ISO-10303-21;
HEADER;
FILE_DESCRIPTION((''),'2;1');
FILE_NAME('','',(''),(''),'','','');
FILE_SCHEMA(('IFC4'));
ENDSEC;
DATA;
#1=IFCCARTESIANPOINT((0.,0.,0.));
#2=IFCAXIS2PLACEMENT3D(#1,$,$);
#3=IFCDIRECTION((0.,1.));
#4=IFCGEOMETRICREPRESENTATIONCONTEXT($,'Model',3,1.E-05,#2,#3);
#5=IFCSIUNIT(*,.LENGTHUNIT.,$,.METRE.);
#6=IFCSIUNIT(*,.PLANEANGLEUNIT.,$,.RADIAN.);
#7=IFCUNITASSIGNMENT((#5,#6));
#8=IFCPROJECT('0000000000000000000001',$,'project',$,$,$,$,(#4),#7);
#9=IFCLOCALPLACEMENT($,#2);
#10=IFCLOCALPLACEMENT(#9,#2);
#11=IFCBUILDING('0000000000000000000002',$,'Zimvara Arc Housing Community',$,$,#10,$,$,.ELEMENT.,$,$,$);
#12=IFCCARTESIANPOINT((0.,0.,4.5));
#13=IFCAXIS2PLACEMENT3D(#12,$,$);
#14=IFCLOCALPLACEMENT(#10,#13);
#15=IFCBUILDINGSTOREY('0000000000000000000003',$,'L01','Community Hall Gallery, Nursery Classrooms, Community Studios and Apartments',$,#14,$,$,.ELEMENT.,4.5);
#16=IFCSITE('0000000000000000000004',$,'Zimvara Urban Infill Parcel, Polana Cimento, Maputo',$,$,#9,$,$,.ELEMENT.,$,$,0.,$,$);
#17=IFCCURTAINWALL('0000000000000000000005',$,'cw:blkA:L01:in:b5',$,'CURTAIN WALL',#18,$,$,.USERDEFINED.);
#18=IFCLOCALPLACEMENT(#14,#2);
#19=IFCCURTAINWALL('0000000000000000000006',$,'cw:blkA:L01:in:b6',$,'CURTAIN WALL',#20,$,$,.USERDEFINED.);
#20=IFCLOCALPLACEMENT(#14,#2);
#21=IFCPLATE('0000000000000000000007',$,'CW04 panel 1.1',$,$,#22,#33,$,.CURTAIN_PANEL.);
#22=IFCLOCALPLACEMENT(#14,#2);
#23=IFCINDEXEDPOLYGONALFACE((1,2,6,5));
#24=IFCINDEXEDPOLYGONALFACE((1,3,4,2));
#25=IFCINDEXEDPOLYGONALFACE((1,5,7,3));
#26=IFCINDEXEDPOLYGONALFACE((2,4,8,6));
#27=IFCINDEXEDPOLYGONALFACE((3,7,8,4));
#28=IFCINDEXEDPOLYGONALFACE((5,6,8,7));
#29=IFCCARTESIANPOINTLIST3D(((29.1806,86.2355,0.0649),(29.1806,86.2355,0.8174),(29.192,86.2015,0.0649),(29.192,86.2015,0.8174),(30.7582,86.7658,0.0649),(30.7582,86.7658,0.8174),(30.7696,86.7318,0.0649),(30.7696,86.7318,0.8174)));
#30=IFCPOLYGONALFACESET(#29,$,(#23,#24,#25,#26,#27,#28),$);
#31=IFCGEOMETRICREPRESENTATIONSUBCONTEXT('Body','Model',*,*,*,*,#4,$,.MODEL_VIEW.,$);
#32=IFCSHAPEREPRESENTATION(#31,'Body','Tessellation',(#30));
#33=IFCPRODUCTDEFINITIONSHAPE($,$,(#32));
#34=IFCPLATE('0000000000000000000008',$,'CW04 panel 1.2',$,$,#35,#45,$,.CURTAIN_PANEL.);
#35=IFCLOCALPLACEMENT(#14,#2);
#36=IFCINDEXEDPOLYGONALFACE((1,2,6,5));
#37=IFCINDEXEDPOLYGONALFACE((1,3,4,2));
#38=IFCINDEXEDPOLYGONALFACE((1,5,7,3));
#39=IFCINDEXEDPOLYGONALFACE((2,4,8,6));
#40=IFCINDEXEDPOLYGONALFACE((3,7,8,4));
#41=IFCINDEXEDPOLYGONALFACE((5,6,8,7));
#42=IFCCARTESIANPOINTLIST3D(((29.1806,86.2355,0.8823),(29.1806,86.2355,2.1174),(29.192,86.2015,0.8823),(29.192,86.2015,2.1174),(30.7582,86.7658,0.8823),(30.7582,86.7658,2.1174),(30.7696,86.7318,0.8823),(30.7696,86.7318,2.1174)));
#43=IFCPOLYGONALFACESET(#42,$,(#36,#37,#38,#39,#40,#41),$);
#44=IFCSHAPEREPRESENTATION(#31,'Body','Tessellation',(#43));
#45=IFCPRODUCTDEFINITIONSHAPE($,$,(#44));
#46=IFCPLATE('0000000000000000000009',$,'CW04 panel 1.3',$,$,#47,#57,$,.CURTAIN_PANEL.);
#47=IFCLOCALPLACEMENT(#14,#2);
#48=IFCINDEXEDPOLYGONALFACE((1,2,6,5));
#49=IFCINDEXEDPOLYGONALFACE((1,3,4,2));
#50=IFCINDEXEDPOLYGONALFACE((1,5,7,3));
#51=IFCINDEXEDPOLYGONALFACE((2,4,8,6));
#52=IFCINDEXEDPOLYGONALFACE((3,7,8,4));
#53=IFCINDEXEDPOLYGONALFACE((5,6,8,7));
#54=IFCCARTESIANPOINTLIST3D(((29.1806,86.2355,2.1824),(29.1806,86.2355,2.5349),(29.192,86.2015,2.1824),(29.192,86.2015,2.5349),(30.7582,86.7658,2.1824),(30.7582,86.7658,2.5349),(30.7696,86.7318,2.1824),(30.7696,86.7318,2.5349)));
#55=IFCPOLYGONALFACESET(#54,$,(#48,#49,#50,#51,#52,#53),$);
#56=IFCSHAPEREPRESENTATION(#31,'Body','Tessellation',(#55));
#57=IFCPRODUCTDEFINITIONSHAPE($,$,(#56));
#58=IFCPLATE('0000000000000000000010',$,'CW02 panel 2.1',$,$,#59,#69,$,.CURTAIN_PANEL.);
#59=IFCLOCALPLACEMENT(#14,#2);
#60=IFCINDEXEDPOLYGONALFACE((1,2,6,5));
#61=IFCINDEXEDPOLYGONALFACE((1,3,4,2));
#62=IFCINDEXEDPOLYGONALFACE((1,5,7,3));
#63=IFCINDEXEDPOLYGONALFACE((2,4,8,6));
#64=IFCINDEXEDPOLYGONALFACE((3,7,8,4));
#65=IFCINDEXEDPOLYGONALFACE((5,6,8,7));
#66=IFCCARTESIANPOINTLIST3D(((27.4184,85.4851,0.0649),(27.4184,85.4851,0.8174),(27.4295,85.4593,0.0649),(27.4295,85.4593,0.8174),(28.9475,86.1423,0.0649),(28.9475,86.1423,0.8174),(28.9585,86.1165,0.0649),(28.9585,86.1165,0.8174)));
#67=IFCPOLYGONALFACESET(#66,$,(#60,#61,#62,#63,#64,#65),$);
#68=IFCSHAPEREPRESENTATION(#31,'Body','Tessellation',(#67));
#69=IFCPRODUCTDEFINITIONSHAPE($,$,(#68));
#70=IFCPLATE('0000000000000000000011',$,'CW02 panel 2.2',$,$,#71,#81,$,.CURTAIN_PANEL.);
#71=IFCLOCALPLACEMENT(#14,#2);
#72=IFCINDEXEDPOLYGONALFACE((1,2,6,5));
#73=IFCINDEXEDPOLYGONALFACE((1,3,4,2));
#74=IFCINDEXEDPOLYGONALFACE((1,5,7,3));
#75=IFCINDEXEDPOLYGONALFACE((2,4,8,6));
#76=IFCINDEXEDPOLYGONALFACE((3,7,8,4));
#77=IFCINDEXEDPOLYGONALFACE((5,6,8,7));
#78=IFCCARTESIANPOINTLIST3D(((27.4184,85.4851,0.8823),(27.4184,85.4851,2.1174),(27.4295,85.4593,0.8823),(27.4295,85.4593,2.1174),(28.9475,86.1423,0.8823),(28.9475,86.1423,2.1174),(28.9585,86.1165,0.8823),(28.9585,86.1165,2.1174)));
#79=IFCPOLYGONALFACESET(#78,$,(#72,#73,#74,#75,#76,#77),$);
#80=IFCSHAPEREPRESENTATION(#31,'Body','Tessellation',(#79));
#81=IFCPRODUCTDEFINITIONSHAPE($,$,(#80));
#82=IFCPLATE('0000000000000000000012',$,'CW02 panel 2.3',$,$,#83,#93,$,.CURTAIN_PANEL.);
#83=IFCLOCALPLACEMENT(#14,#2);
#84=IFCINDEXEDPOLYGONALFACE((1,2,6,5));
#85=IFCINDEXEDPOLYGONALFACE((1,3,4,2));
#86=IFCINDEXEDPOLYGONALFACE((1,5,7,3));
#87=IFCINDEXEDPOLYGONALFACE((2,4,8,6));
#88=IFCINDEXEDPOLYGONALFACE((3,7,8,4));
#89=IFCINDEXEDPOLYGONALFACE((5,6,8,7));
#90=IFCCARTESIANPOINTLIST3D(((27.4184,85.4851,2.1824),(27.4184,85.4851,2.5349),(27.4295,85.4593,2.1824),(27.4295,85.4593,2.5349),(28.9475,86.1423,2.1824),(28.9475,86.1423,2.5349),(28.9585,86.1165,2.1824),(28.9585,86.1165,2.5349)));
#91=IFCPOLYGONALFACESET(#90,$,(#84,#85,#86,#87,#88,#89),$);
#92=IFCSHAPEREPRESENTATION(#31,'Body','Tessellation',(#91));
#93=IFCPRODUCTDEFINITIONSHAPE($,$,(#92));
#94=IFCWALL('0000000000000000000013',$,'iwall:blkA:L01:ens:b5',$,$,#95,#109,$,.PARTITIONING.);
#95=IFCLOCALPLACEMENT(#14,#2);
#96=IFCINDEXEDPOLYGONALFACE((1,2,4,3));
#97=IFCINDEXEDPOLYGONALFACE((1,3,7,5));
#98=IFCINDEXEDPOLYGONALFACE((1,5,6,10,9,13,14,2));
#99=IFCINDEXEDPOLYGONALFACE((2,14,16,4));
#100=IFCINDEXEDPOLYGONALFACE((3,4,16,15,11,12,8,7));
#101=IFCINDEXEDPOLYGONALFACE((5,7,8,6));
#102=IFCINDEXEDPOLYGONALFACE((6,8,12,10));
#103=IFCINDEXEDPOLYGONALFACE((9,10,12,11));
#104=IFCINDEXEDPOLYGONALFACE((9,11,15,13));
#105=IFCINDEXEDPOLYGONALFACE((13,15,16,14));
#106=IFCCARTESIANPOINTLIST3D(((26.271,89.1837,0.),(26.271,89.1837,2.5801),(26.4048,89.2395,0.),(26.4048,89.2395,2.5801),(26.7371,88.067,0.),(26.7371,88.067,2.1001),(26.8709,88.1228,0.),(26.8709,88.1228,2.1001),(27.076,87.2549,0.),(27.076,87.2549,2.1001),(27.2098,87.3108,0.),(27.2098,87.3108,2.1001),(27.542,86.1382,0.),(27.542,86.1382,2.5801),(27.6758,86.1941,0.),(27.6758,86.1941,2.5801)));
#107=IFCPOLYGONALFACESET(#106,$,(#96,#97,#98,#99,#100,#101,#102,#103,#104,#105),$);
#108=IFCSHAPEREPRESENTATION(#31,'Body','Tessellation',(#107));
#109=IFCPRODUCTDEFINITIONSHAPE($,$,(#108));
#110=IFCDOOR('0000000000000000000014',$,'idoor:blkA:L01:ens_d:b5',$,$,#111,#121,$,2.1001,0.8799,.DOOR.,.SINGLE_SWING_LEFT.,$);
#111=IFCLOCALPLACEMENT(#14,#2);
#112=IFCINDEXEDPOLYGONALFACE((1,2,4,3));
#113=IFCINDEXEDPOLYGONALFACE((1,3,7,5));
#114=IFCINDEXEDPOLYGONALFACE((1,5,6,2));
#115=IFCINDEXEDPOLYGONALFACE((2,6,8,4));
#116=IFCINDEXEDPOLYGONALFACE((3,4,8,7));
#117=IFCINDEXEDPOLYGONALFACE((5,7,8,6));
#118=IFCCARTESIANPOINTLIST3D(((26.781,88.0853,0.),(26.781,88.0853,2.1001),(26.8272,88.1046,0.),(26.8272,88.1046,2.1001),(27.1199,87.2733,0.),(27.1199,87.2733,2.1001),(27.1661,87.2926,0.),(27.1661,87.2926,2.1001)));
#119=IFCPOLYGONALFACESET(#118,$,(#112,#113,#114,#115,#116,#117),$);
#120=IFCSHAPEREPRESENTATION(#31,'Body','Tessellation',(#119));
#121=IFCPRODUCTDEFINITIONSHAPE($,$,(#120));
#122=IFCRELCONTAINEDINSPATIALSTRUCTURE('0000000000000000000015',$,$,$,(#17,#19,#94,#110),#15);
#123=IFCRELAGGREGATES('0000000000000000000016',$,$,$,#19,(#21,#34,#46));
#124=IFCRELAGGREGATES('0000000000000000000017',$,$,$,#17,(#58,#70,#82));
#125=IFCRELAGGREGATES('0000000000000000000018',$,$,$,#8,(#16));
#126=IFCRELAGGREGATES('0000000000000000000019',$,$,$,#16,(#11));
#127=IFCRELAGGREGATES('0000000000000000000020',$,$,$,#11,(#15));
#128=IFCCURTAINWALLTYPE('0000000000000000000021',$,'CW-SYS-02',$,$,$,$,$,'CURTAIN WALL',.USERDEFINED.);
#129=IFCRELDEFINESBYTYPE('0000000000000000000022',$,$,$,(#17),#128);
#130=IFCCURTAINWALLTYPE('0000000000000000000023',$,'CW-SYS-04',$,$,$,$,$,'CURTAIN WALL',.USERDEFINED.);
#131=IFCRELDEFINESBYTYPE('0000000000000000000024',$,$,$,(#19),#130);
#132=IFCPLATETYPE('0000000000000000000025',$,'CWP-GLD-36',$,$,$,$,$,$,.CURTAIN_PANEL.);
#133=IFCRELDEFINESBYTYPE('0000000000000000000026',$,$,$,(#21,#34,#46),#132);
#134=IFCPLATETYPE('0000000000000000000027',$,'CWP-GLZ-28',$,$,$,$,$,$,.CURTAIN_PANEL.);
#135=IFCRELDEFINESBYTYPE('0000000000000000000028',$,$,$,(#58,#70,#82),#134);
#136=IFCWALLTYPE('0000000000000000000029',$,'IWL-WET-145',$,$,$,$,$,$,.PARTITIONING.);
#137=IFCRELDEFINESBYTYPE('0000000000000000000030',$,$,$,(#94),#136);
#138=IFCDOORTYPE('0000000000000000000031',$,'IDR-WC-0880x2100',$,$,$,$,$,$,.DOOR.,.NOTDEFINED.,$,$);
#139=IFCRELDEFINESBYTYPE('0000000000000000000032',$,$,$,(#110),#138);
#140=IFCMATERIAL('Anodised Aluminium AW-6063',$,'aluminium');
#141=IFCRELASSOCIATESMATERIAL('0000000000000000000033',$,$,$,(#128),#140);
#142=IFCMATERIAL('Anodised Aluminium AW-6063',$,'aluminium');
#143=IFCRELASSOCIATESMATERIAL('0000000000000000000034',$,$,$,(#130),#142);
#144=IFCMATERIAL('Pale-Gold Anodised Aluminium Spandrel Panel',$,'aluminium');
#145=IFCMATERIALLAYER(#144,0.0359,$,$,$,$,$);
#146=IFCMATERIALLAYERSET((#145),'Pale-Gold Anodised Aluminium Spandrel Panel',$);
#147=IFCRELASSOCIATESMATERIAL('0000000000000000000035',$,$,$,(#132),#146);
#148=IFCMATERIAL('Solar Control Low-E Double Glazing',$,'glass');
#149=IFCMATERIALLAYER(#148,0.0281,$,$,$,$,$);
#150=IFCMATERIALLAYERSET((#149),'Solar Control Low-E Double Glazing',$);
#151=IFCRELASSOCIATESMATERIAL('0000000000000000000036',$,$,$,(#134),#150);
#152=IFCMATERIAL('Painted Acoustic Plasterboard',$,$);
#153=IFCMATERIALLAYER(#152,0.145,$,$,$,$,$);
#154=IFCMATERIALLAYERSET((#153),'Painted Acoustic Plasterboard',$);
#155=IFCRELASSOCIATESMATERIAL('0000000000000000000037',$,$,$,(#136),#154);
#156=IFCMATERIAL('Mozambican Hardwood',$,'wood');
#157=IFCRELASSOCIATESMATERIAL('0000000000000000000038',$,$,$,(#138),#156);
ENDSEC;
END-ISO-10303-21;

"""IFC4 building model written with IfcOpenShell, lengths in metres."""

from ifc_helpers import new_model, si_unit, direction, frame, frame_2d, origin, origin_2d, place, context, subcontext, project, spatial, rectangle, extrude, material, layer, layer_set, type_object, element, fill, aggregate, save


model = new_model("IFC4")

# Units and contexts
model_context = context("Model", 3, precision=1e-05, world=origin(), true_north=direction((0.0, 1.0)))
body_context = subcontext(model_context, "Body", "Model", "MODEL_VIEW")
ifc_project = project(units=[si_unit("LENGTHUNIT", "METRE"), si_unit("PLANEANGLEUNIT", "RADIAN")], contexts=[model_context])

# Site, building, storey
site_placement = place(None, origin())
site = spatial("IfcSite", under=ifc_project, at=site_placement, Name="Zimvara Urban Infill Parcel, Polana Cimento, Maputo", CompositionType="ELEMENT", RefElevation=0.0)
building_placement = place(site_placement, origin())
building = spatial("IfcBuilding", under=site, at=building_placement, Name="Zimvara Arc Housing Community", CompositionType="ELEMENT")
storey_placement = place(building_placement, frame((0.0, 0.0, 4.5)))
storey = spatial("IfcBuildingStorey", under=building, at=storey_placement, Name="L01", Description="Community Hall Gallery, Nursery Classrooms, Community Studios and Apartments", CompositionType="ELEMENT", Elevation=4.5)

# Curtain wall
ifc_material_1 = material(Name="Anodised Aluminium AW-6063", Category="aluminium")
curtain_wall_type_1 = type_object("IfcCurtainWallType", Name="CW-SYS-02", ElementType="CURTAIN WALL", PredefinedType="USERDEFINED", material=ifc_material_1)
curtain_wall_1_placement = place(storey_placement, origin())
curtain_wall_1 = element("IfcCurtainWall", 1, at=curtain_wall_1_placement, inside=storey, type_object=curtain_wall_type_1, Name="cw:blkA:L01:in:b5", ObjectType="CURTAIN WALL", PredefinedType="USERDEFINED")

# Curtain wall
ifc_material_2 = material(Name="Anodised Aluminium AW-6063", Category="aluminium")
curtain_wall_type_2 = type_object("IfcCurtainWallType", Name="CW-SYS-04", ElementType="CURTAIN WALL", PredefinedType="USERDEFINED", material=ifc_material_2)
curtain_wall_2_placement = place(storey_placement, origin())
curtain_wall_2 = element("IfcCurtainWall", 2, at=curtain_wall_2_placement, inside=storey, type_object=curtain_wall_type_2, Name="cw:blkA:L01:in:b6", ObjectType="CURTAIN WALL", PredefinedType="USERDEFINED")

# Plates
ifc_material_3 = material(Name="Pale-Gold Anodised Aluminium Spandrel Panel", Category="aluminium")
ifc_layer_1 = layer(ifc_material_3, 0.0359)
ifc_layer_set_1 = layer_set([ifc_layer_1], Name="Pale-Gold Anodised Aluminium Spandrel Panel")
plate_type_1 = type_object("IfcPlateType", Name="CWP-GLD-36", PredefinedType="CURTAIN_PANEL", material=ifc_layer_set_1)
plate_1_placement = place(storey_placement, frame((29.9751, 86.4836, 0.0649), z_axis=(0.0, 0.0, 1.0), x_axis=(0.947879, 0.31863, 0.0)))
plate_1 = element("IfcPlate", 3, at=plate_1_placement, type_object=plate_type_1, Name="CW04 panel 1.1", PredefinedType="CURTAIN_PANEL", context=body_context, shape_type="SweptSolid", body=[
    extrude(rectangle(XDim=1.6643, YDim=0.0359, at=origin_2d()), origin(), (0.0, 0.0, 1.0), 0.7524),
])
plate_2_placement = place(storey_placement, frame((29.9751, 86.4836, 0.8823), z_axis=(0.0, 0.0, 1.0), x_axis=(0.947879, 0.31863, 0.0)))
plate_2 = element("IfcPlate", 4, at=plate_2_placement, type_object=plate_type_1, Name="CW04 panel 1.2", PredefinedType="CURTAIN_PANEL", context=body_context, shape_type="SweptSolid", body=[
    extrude(rectangle(XDim=1.6643, YDim=0.0359, at=origin_2d()), origin(), (0.0, 0.0, 1.0), 1.2351),
])
plate_3_placement = place(storey_placement, frame((29.9751, 86.4836, 2.1824), z_axis=(0.0, 0.0, 1.0), x_axis=(0.947879, 0.31863, 0.0)))
plate_3 = element("IfcPlate", 5, at=plate_3_placement, type_object=plate_type_1, Name="CW04 panel 1.3", PredefinedType="CURTAIN_PANEL", context=body_context, shape_type="SweptSolid", body=[
    extrude(rectangle(XDim=1.6643, YDim=0.0359, at=origin_2d()), origin(), (0.0, 0.0, 1.0), 0.3525),
])
aggregate(curtain_wall_2, [plate_1, plate_2, plate_3])
ifc_material_4 = material(Name="Solar Control Low-E Double Glazing", Category="glass")
ifc_layer_2 = layer(ifc_material_4, 0.0281)
ifc_layer_set_2 = layer_set([ifc_layer_2], Name="Solar Control Low-E Double Glazing")
plate_type_2 = type_object("IfcPlateType", Name="CWP-GLZ-28", PredefinedType="CURTAIN_PANEL", material=ifc_layer_set_2)
plate_4_placement = place(storey_placement, frame((28.1885, 85.8008, 0.0649), z_axis=(0.0, 0.0, 1.0), x_axis=(0.918722, 0.394904, 0.0)))
plate_4 = element("IfcPlate", 6, at=plate_4_placement, type_object=plate_type_2, Name="CW02 panel 2.1", PredefinedType="CURTAIN_PANEL", context=body_context, shape_type="SweptSolid", body=[
    extrude(rectangle(XDim=1.6643, YDim=0.0281, at=origin_2d()), origin(), (0.0, 0.0, 1.0), 0.7524),
])
plate_5_placement = place(storey_placement, frame((28.1885, 85.8008, 0.8823), z_axis=(0.0, 0.0, 1.0), x_axis=(0.918722, 0.394904, 0.0)))
plate_5 = element("IfcPlate", 7, at=plate_5_placement, type_object=plate_type_2, Name="CW02 panel 2.2", PredefinedType="CURTAIN_PANEL", context=body_context, shape_type="SweptSolid", body=[
    extrude(rectangle(XDim=1.6643, YDim=0.0281, at=origin_2d()), origin(), (0.0, 0.0, 1.0), 1.2351),
])
plate_6_placement = place(storey_placement, frame((28.1885, 85.8008, 2.1824), z_axis=(0.0, 0.0, 1.0), x_axis=(0.918722, 0.394904, 0.0)))
plate_6 = element("IfcPlate", 8, at=plate_6_placement, type_object=plate_type_2, Name="CW02 panel 2.3", PredefinedType="CURTAIN_PANEL", context=body_context, shape_type="SweptSolid", body=[
    extrude(rectangle(XDim=1.6643, YDim=0.0281, at=origin_2d()), origin(), (0.0, 0.0, 1.0), 0.3525),
])
aggregate(curtain_wall_1, [plate_4, plate_5, plate_6])

# Wall, opening, door
ifc_material_5 = material(Name="Painted Acoustic Plasterboard")
ifc_layer_3 = layer(ifc_material_5, 0.145)
ifc_layer_set_3 = layer_set([ifc_layer_3], Name="Painted Acoustic Plasterboard")
wall_type = type_object("IfcWallType", Name="IWL-WET-145", PredefinedType="PARTITIONING", material=ifc_layer_set_3)
wall_placement = place(storey_placement, frame((27.6089, 86.1663, 0.0), z_axis=(0.0, 0.0, 1.0), x_axis=(-0.385151, 0.922854, 0.0)))
wall = element("IfcWall", 9, at=wall_placement, inside=storey, type_object=wall_type, Name="iwall:blkA:L01:ens:b5", PredefinedType="PARTITIONING", context=body_context, shape_type="SweptSolid", body=[
    extrude(rectangle(XDim=3.3, YDim=0.145, at=frame_2d((1.6499, 0.0))), origin(), (0.0, 0.0, 1.0), 2.5801),
])
opening_placement = place(wall_placement, frame((1.21, 0.0, 0.0)))
opening = element("IfcOpeningElement", 10, at=opening_placement, cuts=wall, PredefinedType="OPENING", context=body_context, shape_type="SweptSolid", body=[
    extrude(rectangle(XDim=0.8799, YDim=2.1001, at=frame_2d((0.4399, 1.05))), frame((0.0, 0.0825, 0.0), z_axis=(0.0, -1.0, 0.0), x_axis=(1.0, 0.0, 0.0)), (0.0, 0.0, 1.0), 0.165),
])
ifc_material_6 = material(Name="Mozambican Hardwood", Category="wood")
door_type = type_object("IfcDoorType", Name="IDR-WC-0880x2100", OperationType="NOTDEFINED", PredefinedType="DOOR", material=ifc_material_6)
door_placement = place(opening_placement, origin())
door = element("IfcDoor", 11, at=door_placement, inside=storey, type_object=door_type, Name="idoor:blkA:L01:ens_d:b5", OperationType="SINGLE_SWING_LEFT", OverallHeight=2.1001, OverallWidth=0.8799, PredefinedType="DOOR", context=body_context, shape_type="SweptSolid", body=[
    extrude(rectangle(XDim=0.8799, YDim=2.1001, at=frame_2d((0.4399, 1.05))), frame((0.0, 0.0249, 0.0), z_axis=(0.0, -1.0, 0.0), x_axis=(1.0, 0.0, 0.0)), (0.0, 0.0, 1.0), 0.05),
])
fill(opening, door)

save(model, "model.ifc")
